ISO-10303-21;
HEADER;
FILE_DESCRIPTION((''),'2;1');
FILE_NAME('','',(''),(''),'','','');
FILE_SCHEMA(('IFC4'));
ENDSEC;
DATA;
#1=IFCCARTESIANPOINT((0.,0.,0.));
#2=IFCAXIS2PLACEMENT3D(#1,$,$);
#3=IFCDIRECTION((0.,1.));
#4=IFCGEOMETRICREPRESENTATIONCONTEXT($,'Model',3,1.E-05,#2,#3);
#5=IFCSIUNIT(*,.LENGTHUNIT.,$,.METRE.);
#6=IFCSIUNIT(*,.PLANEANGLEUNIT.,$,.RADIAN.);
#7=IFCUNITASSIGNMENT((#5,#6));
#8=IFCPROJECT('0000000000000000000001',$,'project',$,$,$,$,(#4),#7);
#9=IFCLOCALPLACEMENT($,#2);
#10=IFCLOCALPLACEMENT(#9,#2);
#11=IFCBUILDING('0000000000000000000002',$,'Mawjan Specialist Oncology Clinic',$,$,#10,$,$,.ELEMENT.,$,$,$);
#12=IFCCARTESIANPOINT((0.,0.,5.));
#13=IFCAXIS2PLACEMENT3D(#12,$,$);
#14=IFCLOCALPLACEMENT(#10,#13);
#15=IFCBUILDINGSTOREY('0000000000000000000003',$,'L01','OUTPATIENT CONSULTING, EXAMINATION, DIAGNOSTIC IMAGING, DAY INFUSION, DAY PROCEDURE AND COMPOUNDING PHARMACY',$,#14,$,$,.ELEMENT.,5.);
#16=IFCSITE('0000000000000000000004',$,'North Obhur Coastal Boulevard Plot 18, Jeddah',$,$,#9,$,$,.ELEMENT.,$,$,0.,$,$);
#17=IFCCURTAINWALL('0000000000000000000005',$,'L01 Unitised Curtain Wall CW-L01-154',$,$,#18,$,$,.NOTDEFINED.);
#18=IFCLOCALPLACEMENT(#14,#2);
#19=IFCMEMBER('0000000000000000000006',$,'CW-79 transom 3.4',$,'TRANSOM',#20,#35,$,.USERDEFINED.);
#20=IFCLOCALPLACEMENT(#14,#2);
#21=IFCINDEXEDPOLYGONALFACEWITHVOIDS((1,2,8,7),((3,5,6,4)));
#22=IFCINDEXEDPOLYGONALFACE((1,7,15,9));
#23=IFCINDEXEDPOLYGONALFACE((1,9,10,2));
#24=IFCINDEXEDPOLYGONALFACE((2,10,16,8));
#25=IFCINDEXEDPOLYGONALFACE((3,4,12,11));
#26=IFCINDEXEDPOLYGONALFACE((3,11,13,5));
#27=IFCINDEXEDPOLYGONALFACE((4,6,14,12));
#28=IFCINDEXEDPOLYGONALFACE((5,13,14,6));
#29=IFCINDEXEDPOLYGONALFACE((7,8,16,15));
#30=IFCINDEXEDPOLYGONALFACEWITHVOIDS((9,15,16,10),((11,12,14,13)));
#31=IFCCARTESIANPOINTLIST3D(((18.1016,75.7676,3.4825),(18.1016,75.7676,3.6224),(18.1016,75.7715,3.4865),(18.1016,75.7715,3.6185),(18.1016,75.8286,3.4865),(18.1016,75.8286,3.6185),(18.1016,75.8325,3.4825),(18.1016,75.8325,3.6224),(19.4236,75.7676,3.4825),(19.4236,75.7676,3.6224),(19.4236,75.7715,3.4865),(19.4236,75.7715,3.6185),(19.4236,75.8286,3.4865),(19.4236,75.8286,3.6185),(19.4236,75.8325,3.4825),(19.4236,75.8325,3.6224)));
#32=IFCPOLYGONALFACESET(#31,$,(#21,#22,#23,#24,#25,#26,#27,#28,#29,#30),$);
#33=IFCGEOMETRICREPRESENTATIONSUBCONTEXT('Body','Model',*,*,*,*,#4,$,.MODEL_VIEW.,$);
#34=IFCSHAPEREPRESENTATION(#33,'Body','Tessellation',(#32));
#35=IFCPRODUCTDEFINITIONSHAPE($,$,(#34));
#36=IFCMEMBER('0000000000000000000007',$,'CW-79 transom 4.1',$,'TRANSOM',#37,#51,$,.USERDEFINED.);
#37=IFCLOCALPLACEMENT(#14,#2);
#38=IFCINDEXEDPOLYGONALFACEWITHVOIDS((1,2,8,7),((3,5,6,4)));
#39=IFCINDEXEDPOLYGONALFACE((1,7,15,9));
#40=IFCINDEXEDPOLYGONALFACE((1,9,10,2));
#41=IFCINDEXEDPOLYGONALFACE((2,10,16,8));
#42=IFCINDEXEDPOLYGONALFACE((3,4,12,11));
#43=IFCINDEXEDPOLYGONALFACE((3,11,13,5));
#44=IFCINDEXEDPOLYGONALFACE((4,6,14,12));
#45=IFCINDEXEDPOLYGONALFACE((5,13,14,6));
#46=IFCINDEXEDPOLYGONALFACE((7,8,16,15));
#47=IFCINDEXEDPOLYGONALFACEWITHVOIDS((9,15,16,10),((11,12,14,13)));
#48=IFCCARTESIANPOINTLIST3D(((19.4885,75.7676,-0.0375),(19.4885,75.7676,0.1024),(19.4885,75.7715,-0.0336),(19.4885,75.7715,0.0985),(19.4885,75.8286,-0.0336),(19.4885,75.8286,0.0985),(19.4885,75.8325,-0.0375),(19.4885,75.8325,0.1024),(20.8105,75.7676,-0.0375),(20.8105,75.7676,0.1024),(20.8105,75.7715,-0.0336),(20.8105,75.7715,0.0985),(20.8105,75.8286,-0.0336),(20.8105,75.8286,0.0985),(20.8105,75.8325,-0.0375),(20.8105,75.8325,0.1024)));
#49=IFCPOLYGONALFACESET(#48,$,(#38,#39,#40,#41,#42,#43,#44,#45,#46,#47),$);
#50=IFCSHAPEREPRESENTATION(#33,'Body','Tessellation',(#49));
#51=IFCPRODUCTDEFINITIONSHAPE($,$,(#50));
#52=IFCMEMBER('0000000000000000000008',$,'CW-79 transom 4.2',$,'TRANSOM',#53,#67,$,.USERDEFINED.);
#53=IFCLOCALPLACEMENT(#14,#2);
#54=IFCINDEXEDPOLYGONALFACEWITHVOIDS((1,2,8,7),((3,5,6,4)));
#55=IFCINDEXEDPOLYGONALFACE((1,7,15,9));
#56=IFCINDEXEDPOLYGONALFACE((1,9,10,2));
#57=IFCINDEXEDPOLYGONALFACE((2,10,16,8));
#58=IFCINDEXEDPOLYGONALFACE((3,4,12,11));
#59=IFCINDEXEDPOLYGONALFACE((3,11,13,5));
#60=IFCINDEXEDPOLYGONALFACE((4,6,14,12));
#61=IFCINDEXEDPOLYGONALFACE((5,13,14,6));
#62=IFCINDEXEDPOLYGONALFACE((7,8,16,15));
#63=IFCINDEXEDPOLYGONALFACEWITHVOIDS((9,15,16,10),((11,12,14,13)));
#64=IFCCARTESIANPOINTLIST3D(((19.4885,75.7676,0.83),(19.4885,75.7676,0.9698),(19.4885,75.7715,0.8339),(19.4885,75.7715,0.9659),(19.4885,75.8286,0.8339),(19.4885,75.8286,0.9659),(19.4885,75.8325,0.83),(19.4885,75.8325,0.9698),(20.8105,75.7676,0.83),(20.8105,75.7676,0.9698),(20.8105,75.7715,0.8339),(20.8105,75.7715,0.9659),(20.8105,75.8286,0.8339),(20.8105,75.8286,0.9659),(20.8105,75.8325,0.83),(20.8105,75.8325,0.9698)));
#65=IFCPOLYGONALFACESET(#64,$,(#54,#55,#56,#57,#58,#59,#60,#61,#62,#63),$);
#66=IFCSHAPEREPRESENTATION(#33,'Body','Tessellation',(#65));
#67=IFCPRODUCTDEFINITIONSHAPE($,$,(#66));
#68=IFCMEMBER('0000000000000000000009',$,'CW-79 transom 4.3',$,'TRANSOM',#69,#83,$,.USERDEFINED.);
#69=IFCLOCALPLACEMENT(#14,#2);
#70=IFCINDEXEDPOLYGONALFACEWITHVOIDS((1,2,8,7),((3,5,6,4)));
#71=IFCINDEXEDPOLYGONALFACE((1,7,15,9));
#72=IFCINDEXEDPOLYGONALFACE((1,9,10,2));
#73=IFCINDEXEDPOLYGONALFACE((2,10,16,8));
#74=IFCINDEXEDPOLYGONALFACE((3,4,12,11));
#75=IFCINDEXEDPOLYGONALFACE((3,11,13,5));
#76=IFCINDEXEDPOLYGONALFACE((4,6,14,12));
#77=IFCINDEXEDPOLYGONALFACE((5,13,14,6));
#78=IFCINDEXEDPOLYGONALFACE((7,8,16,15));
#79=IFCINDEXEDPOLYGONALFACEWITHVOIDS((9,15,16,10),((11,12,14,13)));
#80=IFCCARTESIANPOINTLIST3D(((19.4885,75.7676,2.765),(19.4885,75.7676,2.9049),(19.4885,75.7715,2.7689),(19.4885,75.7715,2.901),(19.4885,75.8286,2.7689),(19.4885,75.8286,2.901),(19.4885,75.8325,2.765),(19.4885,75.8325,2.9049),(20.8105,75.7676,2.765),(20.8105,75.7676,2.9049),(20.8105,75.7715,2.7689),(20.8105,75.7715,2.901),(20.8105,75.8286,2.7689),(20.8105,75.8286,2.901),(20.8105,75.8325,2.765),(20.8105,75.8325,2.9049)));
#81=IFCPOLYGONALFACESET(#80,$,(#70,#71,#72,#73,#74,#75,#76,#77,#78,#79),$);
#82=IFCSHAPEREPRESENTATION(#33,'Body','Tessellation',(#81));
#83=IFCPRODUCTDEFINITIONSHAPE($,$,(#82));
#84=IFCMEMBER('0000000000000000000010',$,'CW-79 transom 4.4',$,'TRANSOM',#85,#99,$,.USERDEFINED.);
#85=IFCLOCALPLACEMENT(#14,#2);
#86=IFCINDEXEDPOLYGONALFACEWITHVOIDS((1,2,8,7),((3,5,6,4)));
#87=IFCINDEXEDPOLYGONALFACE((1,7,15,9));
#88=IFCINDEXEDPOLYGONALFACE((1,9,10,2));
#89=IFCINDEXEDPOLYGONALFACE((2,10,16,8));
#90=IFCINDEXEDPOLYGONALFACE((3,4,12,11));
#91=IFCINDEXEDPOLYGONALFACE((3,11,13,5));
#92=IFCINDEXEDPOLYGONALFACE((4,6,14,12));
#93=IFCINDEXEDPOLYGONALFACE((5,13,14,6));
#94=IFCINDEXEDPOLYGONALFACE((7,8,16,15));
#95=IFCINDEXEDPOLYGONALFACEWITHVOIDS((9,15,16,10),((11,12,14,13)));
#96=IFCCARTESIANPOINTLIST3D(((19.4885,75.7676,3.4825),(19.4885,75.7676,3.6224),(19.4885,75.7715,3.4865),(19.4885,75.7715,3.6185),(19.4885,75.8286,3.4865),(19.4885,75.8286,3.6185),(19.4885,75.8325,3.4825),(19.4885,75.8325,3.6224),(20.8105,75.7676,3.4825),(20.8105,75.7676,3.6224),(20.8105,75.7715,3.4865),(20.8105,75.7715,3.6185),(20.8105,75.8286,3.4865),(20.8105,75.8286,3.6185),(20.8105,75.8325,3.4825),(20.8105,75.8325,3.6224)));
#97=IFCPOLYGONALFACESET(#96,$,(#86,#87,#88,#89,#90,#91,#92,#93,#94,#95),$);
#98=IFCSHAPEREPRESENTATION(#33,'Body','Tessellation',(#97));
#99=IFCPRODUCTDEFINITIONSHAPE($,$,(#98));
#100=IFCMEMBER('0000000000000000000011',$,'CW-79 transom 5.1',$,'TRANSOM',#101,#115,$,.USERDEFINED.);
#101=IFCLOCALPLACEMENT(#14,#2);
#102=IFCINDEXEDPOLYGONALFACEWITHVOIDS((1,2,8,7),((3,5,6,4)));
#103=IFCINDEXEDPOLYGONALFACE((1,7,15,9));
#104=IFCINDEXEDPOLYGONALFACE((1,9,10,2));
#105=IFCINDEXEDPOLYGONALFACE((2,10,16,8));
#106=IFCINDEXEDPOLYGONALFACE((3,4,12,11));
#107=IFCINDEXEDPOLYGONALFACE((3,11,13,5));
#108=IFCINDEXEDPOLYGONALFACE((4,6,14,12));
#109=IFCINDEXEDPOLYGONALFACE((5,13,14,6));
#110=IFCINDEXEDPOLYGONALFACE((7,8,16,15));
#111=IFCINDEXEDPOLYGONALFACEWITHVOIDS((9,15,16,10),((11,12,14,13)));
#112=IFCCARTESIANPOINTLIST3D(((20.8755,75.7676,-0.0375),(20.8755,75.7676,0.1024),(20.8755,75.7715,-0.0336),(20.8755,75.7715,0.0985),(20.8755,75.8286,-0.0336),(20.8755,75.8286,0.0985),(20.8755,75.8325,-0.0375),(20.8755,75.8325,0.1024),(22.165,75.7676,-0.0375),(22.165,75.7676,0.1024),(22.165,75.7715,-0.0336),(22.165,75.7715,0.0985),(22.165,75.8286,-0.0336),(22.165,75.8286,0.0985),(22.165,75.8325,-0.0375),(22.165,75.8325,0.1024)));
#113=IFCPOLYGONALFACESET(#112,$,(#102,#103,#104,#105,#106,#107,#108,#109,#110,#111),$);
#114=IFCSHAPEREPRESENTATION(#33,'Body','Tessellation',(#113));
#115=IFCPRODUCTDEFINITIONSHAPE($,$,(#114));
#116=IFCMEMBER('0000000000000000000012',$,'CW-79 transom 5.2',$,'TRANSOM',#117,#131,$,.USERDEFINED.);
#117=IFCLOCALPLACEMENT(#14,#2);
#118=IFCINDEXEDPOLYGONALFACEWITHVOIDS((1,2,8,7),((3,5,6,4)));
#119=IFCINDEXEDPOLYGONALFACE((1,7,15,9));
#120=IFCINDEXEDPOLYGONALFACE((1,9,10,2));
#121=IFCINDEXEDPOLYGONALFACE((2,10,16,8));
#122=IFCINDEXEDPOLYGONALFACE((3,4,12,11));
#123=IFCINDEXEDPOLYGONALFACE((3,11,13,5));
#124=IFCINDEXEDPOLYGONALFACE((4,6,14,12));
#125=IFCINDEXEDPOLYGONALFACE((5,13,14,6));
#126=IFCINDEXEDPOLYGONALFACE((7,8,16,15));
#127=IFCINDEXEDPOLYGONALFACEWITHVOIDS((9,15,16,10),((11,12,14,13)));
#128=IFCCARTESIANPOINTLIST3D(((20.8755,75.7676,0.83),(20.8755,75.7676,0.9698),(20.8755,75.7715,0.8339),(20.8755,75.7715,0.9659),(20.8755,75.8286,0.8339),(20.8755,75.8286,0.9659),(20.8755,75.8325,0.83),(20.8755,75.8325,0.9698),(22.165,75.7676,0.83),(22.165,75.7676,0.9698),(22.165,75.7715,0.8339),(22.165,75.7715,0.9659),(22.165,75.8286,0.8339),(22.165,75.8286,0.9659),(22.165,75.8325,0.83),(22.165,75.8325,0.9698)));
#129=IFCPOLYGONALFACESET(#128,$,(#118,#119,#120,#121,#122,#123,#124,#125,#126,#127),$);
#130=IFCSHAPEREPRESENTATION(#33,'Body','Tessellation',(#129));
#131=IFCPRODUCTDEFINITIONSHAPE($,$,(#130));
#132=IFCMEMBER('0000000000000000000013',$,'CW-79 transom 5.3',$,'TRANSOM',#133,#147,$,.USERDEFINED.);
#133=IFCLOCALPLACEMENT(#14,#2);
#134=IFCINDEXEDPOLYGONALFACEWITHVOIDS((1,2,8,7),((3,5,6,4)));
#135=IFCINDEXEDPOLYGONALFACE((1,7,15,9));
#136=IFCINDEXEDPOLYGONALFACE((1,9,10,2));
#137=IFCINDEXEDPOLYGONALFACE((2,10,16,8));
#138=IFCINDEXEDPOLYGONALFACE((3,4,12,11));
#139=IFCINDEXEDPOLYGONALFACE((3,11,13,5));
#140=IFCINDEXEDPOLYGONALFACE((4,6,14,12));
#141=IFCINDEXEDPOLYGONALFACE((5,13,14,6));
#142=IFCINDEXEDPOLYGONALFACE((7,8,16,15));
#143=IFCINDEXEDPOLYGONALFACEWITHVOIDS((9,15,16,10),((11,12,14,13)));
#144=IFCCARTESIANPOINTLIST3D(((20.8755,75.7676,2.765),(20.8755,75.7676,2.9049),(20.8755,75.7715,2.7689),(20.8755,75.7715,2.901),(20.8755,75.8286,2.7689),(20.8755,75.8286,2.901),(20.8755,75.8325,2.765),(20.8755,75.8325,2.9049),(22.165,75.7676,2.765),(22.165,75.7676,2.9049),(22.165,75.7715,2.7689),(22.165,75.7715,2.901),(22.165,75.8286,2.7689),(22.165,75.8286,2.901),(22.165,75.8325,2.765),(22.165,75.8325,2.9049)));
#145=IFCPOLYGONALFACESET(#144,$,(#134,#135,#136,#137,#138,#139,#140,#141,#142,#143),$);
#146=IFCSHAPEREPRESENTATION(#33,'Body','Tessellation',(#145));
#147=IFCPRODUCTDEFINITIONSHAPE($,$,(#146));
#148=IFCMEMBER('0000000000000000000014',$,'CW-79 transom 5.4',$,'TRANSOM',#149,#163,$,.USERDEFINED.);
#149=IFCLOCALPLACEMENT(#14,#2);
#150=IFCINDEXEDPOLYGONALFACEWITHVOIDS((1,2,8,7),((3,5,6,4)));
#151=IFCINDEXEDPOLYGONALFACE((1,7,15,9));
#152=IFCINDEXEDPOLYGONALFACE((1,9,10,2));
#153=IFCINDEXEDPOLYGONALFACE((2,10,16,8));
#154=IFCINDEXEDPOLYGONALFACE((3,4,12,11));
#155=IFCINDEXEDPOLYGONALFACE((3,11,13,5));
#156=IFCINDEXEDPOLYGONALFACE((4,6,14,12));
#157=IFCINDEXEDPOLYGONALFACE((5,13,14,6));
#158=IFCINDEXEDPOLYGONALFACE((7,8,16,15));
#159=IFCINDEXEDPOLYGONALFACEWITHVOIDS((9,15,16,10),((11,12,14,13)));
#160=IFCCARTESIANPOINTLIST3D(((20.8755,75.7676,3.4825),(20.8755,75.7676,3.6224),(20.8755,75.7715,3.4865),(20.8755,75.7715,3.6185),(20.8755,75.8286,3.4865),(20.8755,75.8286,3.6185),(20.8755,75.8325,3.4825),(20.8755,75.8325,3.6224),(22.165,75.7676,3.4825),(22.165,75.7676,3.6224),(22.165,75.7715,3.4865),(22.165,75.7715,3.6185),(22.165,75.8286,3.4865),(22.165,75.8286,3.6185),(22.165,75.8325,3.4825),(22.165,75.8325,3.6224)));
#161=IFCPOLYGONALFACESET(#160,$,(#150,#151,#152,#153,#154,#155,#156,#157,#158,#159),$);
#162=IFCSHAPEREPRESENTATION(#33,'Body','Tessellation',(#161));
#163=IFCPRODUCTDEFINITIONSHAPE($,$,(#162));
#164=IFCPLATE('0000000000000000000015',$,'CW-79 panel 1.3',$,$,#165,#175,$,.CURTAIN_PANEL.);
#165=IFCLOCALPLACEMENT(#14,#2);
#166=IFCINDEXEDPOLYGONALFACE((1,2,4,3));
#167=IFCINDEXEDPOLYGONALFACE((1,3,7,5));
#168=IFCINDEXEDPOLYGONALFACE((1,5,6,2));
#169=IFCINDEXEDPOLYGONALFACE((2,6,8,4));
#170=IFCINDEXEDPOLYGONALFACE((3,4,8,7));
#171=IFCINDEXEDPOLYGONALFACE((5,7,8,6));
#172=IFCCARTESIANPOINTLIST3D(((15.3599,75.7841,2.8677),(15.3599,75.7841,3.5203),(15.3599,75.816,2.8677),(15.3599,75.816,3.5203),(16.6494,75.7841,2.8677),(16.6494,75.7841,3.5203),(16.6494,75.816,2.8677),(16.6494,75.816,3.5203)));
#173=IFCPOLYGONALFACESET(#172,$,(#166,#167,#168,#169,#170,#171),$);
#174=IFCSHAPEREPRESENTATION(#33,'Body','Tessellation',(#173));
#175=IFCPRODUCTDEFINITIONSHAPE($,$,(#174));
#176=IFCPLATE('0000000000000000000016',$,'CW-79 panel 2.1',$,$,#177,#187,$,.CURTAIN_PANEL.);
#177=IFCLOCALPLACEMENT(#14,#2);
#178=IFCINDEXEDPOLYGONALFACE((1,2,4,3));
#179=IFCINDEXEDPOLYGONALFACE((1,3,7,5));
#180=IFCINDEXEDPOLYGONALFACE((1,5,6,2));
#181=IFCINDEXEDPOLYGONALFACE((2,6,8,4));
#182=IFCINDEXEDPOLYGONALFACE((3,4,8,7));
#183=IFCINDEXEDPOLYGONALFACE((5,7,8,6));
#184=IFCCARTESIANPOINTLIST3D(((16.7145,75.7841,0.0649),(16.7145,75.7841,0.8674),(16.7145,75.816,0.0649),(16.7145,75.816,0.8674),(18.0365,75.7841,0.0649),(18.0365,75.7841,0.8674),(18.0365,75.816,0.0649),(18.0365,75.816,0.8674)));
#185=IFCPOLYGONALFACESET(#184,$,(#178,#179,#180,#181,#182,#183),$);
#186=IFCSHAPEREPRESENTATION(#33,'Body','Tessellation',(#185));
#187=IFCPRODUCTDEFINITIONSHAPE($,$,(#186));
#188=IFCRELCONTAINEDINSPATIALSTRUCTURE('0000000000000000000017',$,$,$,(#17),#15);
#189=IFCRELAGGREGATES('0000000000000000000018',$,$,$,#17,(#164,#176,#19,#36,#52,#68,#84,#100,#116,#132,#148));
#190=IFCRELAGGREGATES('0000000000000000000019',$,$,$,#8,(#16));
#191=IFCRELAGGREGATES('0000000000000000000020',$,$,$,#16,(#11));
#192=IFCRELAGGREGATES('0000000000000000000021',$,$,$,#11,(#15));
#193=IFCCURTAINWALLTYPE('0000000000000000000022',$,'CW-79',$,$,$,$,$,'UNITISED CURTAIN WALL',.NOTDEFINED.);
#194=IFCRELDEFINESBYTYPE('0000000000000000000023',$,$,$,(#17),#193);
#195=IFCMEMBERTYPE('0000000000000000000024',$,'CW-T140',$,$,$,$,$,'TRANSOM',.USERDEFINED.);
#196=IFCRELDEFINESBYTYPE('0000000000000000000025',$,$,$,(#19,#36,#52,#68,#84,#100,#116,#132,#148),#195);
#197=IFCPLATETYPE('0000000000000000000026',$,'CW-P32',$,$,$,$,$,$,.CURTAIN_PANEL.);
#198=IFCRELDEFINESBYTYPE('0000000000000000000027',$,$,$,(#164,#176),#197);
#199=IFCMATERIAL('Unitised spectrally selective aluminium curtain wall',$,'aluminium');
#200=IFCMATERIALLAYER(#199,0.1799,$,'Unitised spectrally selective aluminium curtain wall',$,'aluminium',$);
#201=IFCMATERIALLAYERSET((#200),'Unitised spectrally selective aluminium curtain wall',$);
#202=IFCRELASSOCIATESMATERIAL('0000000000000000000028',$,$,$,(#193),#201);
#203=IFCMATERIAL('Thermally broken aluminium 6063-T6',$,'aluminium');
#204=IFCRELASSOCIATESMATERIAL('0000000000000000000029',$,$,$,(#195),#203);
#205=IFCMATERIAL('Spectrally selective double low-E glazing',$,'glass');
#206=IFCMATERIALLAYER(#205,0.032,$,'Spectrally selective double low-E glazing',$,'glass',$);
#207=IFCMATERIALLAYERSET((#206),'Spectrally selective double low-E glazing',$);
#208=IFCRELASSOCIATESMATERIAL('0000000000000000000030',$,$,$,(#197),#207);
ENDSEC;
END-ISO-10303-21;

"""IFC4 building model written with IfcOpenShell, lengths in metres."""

from ifc_helpers import new_model, si_unit, direction, frame, origin, origin_2d, place, context, subcontext, project, spatial, rectangle, hollow_rectangle, extrude, material, layer, layer_set, material_profile, profile_set, type_object, element, aggregate, save


model = new_model("IFC4")

# Units and contexts
model_context = context("Model", 3, precision=1e-05, world=origin(), true_north=direction((0.0, 1.0)))
body_context = subcontext(model_context, "Body", "Model", "MODEL_VIEW")
ifc_project = project(units=[si_unit("LENGTHUNIT", "METRE"), si_unit("PLANEANGLEUNIT", "RADIAN")], contexts=[model_context])

# Site, building, storey
site_placement = place(None, origin())
site = spatial("IfcSite", under=ifc_project, at=site_placement, Name="North Obhur Coastal Boulevard Plot 18, Jeddah", CompositionType="ELEMENT", RefElevation=0.0)
building_placement = place(site_placement, origin())
building = spatial("IfcBuilding", under=site, at=building_placement, Name="Mawjan Specialist Oncology Clinic", CompositionType="ELEMENT")
storey_placement = place(building_placement, frame((0.0, 0.0, 5.0)))
storey = spatial("IfcBuildingStorey", under=building, at=storey_placement, Name="L01", Description="OUTPATIENT CONSULTING, EXAMINATION, DIAGNOSTIC IMAGING, DAY INFUSION, DAY PROCEDURE AND COMPOUNDING PHARMACY", CompositionType="ELEMENT", Elevation=5.0)

# Curtain wall, members, plates
ifc_material_1 = material(Name="Unitised spectrally selective aluminium curtain wall", Category="aluminium")
ifc_layer_1 = layer(ifc_material_1, 0.1799, Name="Unitised spectrally selective aluminium curtain wall", Category="aluminium")
ifc_layer_set_1 = layer_set([ifc_layer_1], Name="Unitised spectrally selective aluminium curtain wall")
curtain_wall_type = type_object("IfcCurtainWallType", Name="CW-79", ElementType="UNITISED CURTAIN WALL", PredefinedType="NOTDEFINED", material=ifc_layer_set_1)
curtain_wall_placement = place(storey_placement, origin())
curtain_wall = element("IfcCurtainWall", 1, at=curtain_wall_placement, inside=storey, type_object=curtain_wall_type, Name="L01 Unitised Curtain Wall CW-L01-154", PredefinedType="NOTDEFINED")
ifc_material_2 = material(Name="Thermally broken aluminium 6063-T6", Category="aluminium")
ifc_material_profile_1 = material_profile(ifc_material_2, hollow_rectangle(XDim=0.0649, YDim=0.1399, WallThickness=0.0039, at=origin_2d()), Name="ALU TRANSOM 140x65x4", Category="aluminium")
ifc_profile_set_1 = profile_set([ifc_material_profile_1], Name="Thermally broken aluminium 6063-T6")
member_type_1 = type_object("IfcMemberType", Name="CW-T140", ElementType="TRANSOM", PredefinedType="USERDEFINED", material=ifc_profile_set_1)
member_1_placement = place(storey_placement, frame((18.1016, 75.8, 3.5525), z_axis=(1.0, 0.0, 0.0), x_axis=(0.0, 1.0, 0.0)))
member_1 = element("IfcMember", 2, at=member_1_placement, type_object=member_type_1, Name="CW-79 transom 3.4", ObjectType="TRANSOM", PredefinedType="USERDEFINED", context=body_context, shape_type="SweptSolid", body=[
    extrude(hollow_rectangle(XDim=0.0649, YDim=0.1399, WallThickness=0.0039, at=origin_2d()), origin(), (0.0, 0.0, 1.0), 1.322),
])
member_2_placement = place(storey_placement, frame((19.4885, 75.8, 0.0325), z_axis=(1.0, 0.0, 0.0), x_axis=(0.0, 1.0, 0.0)))
member_2 = element("IfcMember", 3, at=member_2_placement, type_object=member_type_1, Name="CW-79 transom 4.1", ObjectType="TRANSOM", PredefinedType="USERDEFINED", context=body_context, shape_type="SweptSolid", body=[
    extrude(hollow_rectangle(XDim=0.0649, YDim=0.1399, WallThickness=0.0039, at=origin_2d()), origin(), (0.0, 0.0, 1.0), 1.322),
])
member_3_placement = place(storey_placement, frame((19.4885, 75.8, 0.8999), z_axis=(1.0, 0.0, 0.0), x_axis=(0.0, 1.0, 0.0)))
member_3 = element("IfcMember", 4, at=member_3_placement, type_object=member_type_1, Name="CW-79 transom 4.2", ObjectType="TRANSOM", PredefinedType="USERDEFINED", context=body_context, shape_type="SweptSolid", body=[
    extrude(hollow_rectangle(XDim=0.0649, YDim=0.1399, WallThickness=0.0039, at=origin_2d()), origin(), (0.0, 0.0, 1.0), 1.322),
])
member_4_placement = place(storey_placement, frame((19.4885, 75.8, 2.835), z_axis=(1.0, 0.0, 0.0), x_axis=(0.0, 1.0, 0.0)))
member_4 = element("IfcMember", 5, at=member_4_placement, type_object=member_type_1, Name="CW-79 transom 4.3", ObjectType="TRANSOM", PredefinedType="USERDEFINED", context=body_context, shape_type="SweptSolid", body=[
    extrude(hollow_rectangle(XDim=0.0649, YDim=0.1399, WallThickness=0.0039, at=origin_2d()), origin(), (0.0, 0.0, 1.0), 1.322),
])
member_5_placement = place(storey_placement, frame((19.4885, 75.8, 3.5525), z_axis=(1.0, 0.0, 0.0), x_axis=(0.0, 1.0, 0.0)))
member_5 = element("IfcMember", 6, at=member_5_placement, type_object=member_type_1, Name="CW-79 transom 4.4", ObjectType="TRANSOM", PredefinedType="USERDEFINED", context=body_context, shape_type="SweptSolid", body=[
    extrude(hollow_rectangle(XDim=0.0649, YDim=0.1399, WallThickness=0.0039, at=origin_2d()), origin(), (0.0, 0.0, 1.0), 1.322),
])
member_6_placement = place(storey_placement, frame((20.8755, 75.8, 0.0325), z_axis=(1.0, 0.0, 0.0), x_axis=(0.0, 1.0, 0.0)))
member_6 = element("IfcMember", 7, at=member_6_placement, type_object=member_type_1, Name="CW-79 transom 5.1", ObjectType="TRANSOM", PredefinedType="USERDEFINED", context=body_context, shape_type="SweptSolid", body=[
    extrude(hollow_rectangle(XDim=0.0649, YDim=0.1399, WallThickness=0.0039, at=origin_2d()), origin(), (0.0, 0.0, 1.0), 1.2896),
])
member_7_placement = place(storey_placement, frame((20.8755, 75.8, 0.8999), z_axis=(1.0, 0.0, 0.0), x_axis=(0.0, 1.0, 0.0)))
member_7 = element("IfcMember", 8, at=member_7_placement, type_object=member_type_1, Name="CW-79 transom 5.2", ObjectType="TRANSOM", PredefinedType="USERDEFINED", context=body_context, shape_type="SweptSolid", body=[
    extrude(hollow_rectangle(XDim=0.0649, YDim=0.1399, WallThickness=0.0039, at=origin_2d()), origin(), (0.0, 0.0, 1.0), 1.2896),
])
member_8_placement = place(storey_placement, frame((20.8755, 75.8, 2.835), z_axis=(1.0, 0.0, 0.0), x_axis=(0.0, 1.0, 0.0)))
member_8 = element("IfcMember", 9, at=member_8_placement, type_object=member_type_1, Name="CW-79 transom 5.3", ObjectType="TRANSOM", PredefinedType="USERDEFINED", context=body_context, shape_type="SweptSolid", body=[
    extrude(hollow_rectangle(XDim=0.0649, YDim=0.1399, WallThickness=0.0039, at=origin_2d()), origin(), (0.0, 0.0, 1.0), 1.2896),
])
member_9_placement = place(storey_placement, frame((20.8755, 75.8, 3.5525), z_axis=(1.0, 0.0, 0.0), x_axis=(0.0, 1.0, 0.0)))
member_9 = element("IfcMember", 10, at=member_9_placement, type_object=member_type_1, Name="CW-79 transom 5.4", ObjectType="TRANSOM", PredefinedType="USERDEFINED", context=body_context, shape_type="SweptSolid", body=[
    extrude(hollow_rectangle(XDim=0.0649, YDim=0.1399, WallThickness=0.0039, at=origin_2d()), origin(), (0.0, 0.0, 1.0), 1.2896),
])
ifc_material_3 = material(Name="Spectrally selective double low-E glazing", Category="glass")
ifc_layer_2 = layer(ifc_material_3, 0.032, Name="Spectrally selective double low-E glazing", Category="glass")
ifc_layer_set_2 = layer_set([ifc_layer_2], Name="Spectrally selective double low-E glazing")
plate_type = type_object("IfcPlateType", Name="CW-P32", PredefinedType="CURTAIN_PANEL", material=ifc_layer_set_2)
plate_1_placement = place(storey_placement, frame((16.0046, 75.8, 2.8677), z_axis=(0.0, 0.0, 1.0), x_axis=(1.0, 0.0, 0.0)))
plate_1 = element("IfcPlate", 11, at=plate_1_placement, type_object=plate_type, Name="CW-79 panel 1.3", PredefinedType="CURTAIN_PANEL", context=body_context, shape_type="SweptSolid", body=[
    extrude(rectangle(XDim=1.2896, YDim=0.032, at=origin_2d()), origin(), (0.0, 0.0, 1.0), 0.6526),
])
plate_2_placement = place(storey_placement, frame((17.3755, 75.8, 0.0649), z_axis=(0.0, 0.0, 1.0), x_axis=(1.0, 0.0, 0.0)))
plate_2 = element("IfcPlate", 12, at=plate_2_placement, type_object=plate_type, Name="CW-79 panel 2.1", PredefinedType="CURTAIN_PANEL", context=body_context, shape_type="SweptSolid", body=[
    extrude(rectangle(XDim=1.322, YDim=0.032, at=origin_2d()), origin(), (0.0, 0.0, 1.0), 0.8025),
])
aggregate(curtain_wall, [plate_1, plate_2, member_1, member_2, member_3, member_4, member_5, member_6, member_7, member_8, member_9])

save(model, "model.ifc")
